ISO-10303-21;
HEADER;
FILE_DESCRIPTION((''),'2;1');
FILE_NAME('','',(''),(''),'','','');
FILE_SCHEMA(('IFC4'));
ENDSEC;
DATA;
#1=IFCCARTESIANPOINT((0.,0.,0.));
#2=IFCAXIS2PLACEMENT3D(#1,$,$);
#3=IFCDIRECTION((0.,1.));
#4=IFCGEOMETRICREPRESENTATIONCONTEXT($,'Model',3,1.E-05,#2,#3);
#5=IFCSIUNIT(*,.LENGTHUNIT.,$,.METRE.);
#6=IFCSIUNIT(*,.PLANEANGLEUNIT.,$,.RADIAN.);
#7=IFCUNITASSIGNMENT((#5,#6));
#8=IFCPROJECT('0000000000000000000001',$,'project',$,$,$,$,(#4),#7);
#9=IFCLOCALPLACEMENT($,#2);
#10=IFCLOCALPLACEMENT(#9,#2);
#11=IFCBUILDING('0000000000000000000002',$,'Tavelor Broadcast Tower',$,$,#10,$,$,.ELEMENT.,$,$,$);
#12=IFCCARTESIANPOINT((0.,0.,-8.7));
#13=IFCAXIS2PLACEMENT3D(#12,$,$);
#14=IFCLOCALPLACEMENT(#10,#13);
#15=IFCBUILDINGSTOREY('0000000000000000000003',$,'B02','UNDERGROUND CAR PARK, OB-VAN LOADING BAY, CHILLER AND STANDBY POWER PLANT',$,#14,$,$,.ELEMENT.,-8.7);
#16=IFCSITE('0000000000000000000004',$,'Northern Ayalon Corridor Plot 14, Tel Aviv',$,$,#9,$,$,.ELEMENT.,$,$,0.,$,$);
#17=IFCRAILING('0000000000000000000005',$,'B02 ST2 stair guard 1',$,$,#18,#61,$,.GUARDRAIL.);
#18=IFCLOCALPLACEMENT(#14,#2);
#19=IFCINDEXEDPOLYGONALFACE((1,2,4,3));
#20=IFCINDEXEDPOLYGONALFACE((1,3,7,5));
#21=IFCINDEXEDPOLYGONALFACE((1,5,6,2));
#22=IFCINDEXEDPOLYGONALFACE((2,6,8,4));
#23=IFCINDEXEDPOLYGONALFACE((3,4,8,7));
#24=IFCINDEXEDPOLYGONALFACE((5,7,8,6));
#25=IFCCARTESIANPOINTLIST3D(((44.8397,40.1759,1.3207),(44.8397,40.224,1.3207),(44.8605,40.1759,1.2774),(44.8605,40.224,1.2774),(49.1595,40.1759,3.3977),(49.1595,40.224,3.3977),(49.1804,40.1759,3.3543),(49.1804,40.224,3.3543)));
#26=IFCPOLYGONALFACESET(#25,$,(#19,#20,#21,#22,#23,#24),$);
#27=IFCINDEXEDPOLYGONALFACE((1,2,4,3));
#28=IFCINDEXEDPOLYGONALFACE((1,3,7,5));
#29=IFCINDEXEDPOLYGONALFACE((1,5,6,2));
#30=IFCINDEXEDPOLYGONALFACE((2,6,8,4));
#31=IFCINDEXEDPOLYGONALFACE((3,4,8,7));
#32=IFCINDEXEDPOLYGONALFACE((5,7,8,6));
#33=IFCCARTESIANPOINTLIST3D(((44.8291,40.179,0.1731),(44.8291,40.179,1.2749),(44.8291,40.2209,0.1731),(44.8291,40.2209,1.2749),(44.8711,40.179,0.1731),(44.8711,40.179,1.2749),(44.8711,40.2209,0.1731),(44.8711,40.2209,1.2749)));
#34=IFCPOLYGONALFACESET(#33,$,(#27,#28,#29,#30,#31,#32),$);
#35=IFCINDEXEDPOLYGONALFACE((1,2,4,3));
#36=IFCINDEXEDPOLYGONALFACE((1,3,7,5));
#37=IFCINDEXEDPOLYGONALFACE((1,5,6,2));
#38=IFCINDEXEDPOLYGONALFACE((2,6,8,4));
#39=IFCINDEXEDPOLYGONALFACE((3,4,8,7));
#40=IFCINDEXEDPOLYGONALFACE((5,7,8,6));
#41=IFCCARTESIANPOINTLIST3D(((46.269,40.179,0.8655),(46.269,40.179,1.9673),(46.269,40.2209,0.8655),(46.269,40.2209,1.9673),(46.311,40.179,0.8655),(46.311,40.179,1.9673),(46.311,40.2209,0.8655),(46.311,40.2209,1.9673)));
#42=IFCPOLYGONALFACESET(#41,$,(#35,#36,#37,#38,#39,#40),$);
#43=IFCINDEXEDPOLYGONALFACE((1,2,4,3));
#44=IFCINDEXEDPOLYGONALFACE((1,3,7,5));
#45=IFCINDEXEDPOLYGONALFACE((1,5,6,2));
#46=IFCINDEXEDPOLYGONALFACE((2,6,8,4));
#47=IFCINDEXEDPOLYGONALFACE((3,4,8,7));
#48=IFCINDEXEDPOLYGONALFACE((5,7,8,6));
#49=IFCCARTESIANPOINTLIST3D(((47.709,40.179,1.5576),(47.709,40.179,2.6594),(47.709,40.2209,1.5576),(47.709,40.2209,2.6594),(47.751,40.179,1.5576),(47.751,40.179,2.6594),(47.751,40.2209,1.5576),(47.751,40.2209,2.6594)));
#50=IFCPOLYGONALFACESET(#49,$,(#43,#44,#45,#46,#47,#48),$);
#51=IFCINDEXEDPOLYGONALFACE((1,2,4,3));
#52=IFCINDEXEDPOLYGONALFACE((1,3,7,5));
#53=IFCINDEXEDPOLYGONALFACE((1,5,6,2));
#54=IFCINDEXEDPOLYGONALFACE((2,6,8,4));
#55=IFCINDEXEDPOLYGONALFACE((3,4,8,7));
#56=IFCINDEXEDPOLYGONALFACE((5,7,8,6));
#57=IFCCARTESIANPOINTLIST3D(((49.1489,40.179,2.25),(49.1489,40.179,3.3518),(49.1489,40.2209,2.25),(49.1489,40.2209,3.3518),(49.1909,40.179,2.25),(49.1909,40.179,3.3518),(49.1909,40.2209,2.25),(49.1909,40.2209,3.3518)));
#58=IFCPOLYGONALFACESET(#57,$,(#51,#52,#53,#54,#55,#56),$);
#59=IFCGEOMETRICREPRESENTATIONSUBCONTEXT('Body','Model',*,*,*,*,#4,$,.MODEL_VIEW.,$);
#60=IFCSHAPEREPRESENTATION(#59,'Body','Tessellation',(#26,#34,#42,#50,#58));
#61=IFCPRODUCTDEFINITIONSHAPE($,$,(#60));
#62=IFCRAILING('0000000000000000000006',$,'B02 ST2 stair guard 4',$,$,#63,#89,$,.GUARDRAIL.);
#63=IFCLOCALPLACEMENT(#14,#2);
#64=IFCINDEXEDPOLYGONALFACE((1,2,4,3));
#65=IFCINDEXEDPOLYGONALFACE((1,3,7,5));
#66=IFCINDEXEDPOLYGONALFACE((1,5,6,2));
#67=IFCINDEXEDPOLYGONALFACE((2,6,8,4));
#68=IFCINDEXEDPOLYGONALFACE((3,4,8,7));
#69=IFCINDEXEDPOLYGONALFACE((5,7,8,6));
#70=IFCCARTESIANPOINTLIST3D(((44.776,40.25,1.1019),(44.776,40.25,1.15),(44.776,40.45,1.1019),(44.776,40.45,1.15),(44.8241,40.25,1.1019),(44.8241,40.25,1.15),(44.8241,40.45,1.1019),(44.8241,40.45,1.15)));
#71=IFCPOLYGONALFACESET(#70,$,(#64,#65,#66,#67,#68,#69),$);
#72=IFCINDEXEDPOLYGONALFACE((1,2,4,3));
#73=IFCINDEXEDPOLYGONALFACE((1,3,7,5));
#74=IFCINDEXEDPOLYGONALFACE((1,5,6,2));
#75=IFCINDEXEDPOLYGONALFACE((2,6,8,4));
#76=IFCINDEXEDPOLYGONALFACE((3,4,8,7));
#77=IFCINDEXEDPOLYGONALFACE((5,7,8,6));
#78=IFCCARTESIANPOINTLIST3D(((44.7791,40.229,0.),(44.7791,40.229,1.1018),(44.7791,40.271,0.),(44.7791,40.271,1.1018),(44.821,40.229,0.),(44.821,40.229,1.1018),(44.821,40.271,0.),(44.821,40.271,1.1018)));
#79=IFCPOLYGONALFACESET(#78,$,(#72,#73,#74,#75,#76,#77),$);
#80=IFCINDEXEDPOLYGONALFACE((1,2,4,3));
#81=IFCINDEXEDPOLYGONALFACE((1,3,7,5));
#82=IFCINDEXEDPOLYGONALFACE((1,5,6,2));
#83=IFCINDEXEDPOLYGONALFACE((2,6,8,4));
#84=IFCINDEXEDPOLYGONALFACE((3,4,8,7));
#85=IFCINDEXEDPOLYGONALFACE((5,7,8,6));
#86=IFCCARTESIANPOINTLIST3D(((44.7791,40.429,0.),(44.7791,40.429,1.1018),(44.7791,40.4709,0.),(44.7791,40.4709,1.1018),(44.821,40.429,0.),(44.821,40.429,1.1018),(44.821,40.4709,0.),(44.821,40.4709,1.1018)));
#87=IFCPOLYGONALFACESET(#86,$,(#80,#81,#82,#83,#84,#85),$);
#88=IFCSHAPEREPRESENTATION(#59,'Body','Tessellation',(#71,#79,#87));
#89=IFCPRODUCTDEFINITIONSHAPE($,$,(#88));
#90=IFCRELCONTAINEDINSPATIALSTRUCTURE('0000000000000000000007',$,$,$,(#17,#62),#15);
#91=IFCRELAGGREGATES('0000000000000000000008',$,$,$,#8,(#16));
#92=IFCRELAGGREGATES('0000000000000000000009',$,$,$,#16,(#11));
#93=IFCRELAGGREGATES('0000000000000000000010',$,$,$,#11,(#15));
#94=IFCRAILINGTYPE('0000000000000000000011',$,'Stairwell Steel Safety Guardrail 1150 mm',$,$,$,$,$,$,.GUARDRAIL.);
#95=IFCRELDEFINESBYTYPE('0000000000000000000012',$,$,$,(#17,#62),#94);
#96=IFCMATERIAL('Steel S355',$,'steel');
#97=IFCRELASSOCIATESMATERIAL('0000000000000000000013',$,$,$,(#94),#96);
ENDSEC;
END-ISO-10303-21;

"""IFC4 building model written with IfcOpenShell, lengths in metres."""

from ifc_helpers import new_model, si_unit, direction, frame, origin, origin_2d, place, context, subcontext, project, spatial, rectangle, extrude, material, type_object, element, save


model = new_model("IFC4")

# Units and contexts
model_context = context("Model", 3, precision=1e-05, world=origin(), true_north=direction((0.0, 1.0)))
body_context = subcontext(model_context, "Body", "Model", "MODEL_VIEW")
ifc_project = project(units=[si_unit("LENGTHUNIT", "METRE"), si_unit("PLANEANGLEUNIT", "RADIAN")], contexts=[model_context])

# Site, building, storey
site_placement = place(None, origin())
site = spatial("IfcSite", under=ifc_project, at=site_placement, Name="Northern Ayalon Corridor Plot 14, Tel Aviv", CompositionType="ELEMENT", RefElevation=0.0)
building_placement = place(site_placement, origin())
building = spatial("IfcBuilding", under=site, at=building_placement, Name="Tavelor Broadcast Tower", CompositionType="ELEMENT")
storey_placement = place(building_placement, frame((0.0, 0.0, -8.7)))
storey = spatial("IfcBuildingStorey", under=building, at=storey_placement, Name="B02", Description="UNDERGROUND CAR PARK, OB-VAN LOADING BAY, CHILLER AND STANDBY POWER PLANT", CompositionType="ELEMENT", Elevation=-8.7)

# Shared definitions
ifc_material_1 = material(Name="Steel S355", Category="steel")

# Railings
railing_type_1 = type_object("IfcRailingType", Name="Stairwell Steel Safety Guardrail 1150 mm", PredefinedType="GUARDRAIL", material=ifc_material_1)
railing_1_placement = place(storey_placement, frame((44.8501, 40.2, 0.1731)))
element("IfcRailing", 1, at=railing_1_placement, inside=storey, type_object=railing_type_1, Name="B02 ST2 stair guard 1", PredefinedType="GUARDRAIL", context=body_context, shape_type="SweptSolid", body=[
    extrude(rectangle(XDim=0.0481, YDim=0.0481, at=origin_2d()), frame((0.0, 0.0, 1.126), z_axis=(0.901247, 0.0, 0.433306), x_axis=(0.0, 1.0, 0.0)), (0.0, 0.0, 1.0), 4.7932),
    extrude(rectangle(XDim=0.042, YDim=0.042, at=origin_2d()), origin(), (0.0, 0.0, 1.0), 1.1018),
    extrude(rectangle(XDim=0.042, YDim=0.042, at=origin_2d()), frame((1.4399, 0.0, 0.6924)), (0.0, 0.0, 1.0), 1.1018),
    extrude(rectangle(XDim=0.042, YDim=0.042, at=origin_2d()), frame((2.8799, 0.0, 1.3845)), (0.0, 0.0, 1.0), 1.1018),
    extrude(rectangle(XDim=0.042, YDim=0.042, at=origin_2d()), frame((4.3198, 0.0, 2.0769)), (0.0, 0.0, 1.0), 1.1018),
])
railing_2_placement = place(storey_placement, frame((44.8, 40.25, 0.0)))
element("IfcRailing", 2, at=railing_2_placement, inside=storey, type_object=railing_type_1, Name="B02 ST2 stair guard 4", PredefinedType="GUARDRAIL", context=body_context, shape_type="SweptSolid", body=[
    extrude(rectangle(XDim=0.0481, YDim=0.0481, at=origin_2d()), frame((0.0, 0.0, 1.126), z_axis=(0.0, 1.0, 0.0), x_axis=(-1.0, 0.0, 0.0)), (0.0, 0.0, 1.0), 0.2),
    extrude(rectangle(XDim=0.042, YDim=0.042, at=origin_2d()), origin(), (0.0, 0.0, 1.0), 1.1018),
    extrude(rectangle(XDim=0.042, YDim=0.042, at=origin_2d()), frame((0.0, 0.2, 0.0)), (0.0, 0.0, 1.0), 1.1018),
])

save(model, "model.ifc")
